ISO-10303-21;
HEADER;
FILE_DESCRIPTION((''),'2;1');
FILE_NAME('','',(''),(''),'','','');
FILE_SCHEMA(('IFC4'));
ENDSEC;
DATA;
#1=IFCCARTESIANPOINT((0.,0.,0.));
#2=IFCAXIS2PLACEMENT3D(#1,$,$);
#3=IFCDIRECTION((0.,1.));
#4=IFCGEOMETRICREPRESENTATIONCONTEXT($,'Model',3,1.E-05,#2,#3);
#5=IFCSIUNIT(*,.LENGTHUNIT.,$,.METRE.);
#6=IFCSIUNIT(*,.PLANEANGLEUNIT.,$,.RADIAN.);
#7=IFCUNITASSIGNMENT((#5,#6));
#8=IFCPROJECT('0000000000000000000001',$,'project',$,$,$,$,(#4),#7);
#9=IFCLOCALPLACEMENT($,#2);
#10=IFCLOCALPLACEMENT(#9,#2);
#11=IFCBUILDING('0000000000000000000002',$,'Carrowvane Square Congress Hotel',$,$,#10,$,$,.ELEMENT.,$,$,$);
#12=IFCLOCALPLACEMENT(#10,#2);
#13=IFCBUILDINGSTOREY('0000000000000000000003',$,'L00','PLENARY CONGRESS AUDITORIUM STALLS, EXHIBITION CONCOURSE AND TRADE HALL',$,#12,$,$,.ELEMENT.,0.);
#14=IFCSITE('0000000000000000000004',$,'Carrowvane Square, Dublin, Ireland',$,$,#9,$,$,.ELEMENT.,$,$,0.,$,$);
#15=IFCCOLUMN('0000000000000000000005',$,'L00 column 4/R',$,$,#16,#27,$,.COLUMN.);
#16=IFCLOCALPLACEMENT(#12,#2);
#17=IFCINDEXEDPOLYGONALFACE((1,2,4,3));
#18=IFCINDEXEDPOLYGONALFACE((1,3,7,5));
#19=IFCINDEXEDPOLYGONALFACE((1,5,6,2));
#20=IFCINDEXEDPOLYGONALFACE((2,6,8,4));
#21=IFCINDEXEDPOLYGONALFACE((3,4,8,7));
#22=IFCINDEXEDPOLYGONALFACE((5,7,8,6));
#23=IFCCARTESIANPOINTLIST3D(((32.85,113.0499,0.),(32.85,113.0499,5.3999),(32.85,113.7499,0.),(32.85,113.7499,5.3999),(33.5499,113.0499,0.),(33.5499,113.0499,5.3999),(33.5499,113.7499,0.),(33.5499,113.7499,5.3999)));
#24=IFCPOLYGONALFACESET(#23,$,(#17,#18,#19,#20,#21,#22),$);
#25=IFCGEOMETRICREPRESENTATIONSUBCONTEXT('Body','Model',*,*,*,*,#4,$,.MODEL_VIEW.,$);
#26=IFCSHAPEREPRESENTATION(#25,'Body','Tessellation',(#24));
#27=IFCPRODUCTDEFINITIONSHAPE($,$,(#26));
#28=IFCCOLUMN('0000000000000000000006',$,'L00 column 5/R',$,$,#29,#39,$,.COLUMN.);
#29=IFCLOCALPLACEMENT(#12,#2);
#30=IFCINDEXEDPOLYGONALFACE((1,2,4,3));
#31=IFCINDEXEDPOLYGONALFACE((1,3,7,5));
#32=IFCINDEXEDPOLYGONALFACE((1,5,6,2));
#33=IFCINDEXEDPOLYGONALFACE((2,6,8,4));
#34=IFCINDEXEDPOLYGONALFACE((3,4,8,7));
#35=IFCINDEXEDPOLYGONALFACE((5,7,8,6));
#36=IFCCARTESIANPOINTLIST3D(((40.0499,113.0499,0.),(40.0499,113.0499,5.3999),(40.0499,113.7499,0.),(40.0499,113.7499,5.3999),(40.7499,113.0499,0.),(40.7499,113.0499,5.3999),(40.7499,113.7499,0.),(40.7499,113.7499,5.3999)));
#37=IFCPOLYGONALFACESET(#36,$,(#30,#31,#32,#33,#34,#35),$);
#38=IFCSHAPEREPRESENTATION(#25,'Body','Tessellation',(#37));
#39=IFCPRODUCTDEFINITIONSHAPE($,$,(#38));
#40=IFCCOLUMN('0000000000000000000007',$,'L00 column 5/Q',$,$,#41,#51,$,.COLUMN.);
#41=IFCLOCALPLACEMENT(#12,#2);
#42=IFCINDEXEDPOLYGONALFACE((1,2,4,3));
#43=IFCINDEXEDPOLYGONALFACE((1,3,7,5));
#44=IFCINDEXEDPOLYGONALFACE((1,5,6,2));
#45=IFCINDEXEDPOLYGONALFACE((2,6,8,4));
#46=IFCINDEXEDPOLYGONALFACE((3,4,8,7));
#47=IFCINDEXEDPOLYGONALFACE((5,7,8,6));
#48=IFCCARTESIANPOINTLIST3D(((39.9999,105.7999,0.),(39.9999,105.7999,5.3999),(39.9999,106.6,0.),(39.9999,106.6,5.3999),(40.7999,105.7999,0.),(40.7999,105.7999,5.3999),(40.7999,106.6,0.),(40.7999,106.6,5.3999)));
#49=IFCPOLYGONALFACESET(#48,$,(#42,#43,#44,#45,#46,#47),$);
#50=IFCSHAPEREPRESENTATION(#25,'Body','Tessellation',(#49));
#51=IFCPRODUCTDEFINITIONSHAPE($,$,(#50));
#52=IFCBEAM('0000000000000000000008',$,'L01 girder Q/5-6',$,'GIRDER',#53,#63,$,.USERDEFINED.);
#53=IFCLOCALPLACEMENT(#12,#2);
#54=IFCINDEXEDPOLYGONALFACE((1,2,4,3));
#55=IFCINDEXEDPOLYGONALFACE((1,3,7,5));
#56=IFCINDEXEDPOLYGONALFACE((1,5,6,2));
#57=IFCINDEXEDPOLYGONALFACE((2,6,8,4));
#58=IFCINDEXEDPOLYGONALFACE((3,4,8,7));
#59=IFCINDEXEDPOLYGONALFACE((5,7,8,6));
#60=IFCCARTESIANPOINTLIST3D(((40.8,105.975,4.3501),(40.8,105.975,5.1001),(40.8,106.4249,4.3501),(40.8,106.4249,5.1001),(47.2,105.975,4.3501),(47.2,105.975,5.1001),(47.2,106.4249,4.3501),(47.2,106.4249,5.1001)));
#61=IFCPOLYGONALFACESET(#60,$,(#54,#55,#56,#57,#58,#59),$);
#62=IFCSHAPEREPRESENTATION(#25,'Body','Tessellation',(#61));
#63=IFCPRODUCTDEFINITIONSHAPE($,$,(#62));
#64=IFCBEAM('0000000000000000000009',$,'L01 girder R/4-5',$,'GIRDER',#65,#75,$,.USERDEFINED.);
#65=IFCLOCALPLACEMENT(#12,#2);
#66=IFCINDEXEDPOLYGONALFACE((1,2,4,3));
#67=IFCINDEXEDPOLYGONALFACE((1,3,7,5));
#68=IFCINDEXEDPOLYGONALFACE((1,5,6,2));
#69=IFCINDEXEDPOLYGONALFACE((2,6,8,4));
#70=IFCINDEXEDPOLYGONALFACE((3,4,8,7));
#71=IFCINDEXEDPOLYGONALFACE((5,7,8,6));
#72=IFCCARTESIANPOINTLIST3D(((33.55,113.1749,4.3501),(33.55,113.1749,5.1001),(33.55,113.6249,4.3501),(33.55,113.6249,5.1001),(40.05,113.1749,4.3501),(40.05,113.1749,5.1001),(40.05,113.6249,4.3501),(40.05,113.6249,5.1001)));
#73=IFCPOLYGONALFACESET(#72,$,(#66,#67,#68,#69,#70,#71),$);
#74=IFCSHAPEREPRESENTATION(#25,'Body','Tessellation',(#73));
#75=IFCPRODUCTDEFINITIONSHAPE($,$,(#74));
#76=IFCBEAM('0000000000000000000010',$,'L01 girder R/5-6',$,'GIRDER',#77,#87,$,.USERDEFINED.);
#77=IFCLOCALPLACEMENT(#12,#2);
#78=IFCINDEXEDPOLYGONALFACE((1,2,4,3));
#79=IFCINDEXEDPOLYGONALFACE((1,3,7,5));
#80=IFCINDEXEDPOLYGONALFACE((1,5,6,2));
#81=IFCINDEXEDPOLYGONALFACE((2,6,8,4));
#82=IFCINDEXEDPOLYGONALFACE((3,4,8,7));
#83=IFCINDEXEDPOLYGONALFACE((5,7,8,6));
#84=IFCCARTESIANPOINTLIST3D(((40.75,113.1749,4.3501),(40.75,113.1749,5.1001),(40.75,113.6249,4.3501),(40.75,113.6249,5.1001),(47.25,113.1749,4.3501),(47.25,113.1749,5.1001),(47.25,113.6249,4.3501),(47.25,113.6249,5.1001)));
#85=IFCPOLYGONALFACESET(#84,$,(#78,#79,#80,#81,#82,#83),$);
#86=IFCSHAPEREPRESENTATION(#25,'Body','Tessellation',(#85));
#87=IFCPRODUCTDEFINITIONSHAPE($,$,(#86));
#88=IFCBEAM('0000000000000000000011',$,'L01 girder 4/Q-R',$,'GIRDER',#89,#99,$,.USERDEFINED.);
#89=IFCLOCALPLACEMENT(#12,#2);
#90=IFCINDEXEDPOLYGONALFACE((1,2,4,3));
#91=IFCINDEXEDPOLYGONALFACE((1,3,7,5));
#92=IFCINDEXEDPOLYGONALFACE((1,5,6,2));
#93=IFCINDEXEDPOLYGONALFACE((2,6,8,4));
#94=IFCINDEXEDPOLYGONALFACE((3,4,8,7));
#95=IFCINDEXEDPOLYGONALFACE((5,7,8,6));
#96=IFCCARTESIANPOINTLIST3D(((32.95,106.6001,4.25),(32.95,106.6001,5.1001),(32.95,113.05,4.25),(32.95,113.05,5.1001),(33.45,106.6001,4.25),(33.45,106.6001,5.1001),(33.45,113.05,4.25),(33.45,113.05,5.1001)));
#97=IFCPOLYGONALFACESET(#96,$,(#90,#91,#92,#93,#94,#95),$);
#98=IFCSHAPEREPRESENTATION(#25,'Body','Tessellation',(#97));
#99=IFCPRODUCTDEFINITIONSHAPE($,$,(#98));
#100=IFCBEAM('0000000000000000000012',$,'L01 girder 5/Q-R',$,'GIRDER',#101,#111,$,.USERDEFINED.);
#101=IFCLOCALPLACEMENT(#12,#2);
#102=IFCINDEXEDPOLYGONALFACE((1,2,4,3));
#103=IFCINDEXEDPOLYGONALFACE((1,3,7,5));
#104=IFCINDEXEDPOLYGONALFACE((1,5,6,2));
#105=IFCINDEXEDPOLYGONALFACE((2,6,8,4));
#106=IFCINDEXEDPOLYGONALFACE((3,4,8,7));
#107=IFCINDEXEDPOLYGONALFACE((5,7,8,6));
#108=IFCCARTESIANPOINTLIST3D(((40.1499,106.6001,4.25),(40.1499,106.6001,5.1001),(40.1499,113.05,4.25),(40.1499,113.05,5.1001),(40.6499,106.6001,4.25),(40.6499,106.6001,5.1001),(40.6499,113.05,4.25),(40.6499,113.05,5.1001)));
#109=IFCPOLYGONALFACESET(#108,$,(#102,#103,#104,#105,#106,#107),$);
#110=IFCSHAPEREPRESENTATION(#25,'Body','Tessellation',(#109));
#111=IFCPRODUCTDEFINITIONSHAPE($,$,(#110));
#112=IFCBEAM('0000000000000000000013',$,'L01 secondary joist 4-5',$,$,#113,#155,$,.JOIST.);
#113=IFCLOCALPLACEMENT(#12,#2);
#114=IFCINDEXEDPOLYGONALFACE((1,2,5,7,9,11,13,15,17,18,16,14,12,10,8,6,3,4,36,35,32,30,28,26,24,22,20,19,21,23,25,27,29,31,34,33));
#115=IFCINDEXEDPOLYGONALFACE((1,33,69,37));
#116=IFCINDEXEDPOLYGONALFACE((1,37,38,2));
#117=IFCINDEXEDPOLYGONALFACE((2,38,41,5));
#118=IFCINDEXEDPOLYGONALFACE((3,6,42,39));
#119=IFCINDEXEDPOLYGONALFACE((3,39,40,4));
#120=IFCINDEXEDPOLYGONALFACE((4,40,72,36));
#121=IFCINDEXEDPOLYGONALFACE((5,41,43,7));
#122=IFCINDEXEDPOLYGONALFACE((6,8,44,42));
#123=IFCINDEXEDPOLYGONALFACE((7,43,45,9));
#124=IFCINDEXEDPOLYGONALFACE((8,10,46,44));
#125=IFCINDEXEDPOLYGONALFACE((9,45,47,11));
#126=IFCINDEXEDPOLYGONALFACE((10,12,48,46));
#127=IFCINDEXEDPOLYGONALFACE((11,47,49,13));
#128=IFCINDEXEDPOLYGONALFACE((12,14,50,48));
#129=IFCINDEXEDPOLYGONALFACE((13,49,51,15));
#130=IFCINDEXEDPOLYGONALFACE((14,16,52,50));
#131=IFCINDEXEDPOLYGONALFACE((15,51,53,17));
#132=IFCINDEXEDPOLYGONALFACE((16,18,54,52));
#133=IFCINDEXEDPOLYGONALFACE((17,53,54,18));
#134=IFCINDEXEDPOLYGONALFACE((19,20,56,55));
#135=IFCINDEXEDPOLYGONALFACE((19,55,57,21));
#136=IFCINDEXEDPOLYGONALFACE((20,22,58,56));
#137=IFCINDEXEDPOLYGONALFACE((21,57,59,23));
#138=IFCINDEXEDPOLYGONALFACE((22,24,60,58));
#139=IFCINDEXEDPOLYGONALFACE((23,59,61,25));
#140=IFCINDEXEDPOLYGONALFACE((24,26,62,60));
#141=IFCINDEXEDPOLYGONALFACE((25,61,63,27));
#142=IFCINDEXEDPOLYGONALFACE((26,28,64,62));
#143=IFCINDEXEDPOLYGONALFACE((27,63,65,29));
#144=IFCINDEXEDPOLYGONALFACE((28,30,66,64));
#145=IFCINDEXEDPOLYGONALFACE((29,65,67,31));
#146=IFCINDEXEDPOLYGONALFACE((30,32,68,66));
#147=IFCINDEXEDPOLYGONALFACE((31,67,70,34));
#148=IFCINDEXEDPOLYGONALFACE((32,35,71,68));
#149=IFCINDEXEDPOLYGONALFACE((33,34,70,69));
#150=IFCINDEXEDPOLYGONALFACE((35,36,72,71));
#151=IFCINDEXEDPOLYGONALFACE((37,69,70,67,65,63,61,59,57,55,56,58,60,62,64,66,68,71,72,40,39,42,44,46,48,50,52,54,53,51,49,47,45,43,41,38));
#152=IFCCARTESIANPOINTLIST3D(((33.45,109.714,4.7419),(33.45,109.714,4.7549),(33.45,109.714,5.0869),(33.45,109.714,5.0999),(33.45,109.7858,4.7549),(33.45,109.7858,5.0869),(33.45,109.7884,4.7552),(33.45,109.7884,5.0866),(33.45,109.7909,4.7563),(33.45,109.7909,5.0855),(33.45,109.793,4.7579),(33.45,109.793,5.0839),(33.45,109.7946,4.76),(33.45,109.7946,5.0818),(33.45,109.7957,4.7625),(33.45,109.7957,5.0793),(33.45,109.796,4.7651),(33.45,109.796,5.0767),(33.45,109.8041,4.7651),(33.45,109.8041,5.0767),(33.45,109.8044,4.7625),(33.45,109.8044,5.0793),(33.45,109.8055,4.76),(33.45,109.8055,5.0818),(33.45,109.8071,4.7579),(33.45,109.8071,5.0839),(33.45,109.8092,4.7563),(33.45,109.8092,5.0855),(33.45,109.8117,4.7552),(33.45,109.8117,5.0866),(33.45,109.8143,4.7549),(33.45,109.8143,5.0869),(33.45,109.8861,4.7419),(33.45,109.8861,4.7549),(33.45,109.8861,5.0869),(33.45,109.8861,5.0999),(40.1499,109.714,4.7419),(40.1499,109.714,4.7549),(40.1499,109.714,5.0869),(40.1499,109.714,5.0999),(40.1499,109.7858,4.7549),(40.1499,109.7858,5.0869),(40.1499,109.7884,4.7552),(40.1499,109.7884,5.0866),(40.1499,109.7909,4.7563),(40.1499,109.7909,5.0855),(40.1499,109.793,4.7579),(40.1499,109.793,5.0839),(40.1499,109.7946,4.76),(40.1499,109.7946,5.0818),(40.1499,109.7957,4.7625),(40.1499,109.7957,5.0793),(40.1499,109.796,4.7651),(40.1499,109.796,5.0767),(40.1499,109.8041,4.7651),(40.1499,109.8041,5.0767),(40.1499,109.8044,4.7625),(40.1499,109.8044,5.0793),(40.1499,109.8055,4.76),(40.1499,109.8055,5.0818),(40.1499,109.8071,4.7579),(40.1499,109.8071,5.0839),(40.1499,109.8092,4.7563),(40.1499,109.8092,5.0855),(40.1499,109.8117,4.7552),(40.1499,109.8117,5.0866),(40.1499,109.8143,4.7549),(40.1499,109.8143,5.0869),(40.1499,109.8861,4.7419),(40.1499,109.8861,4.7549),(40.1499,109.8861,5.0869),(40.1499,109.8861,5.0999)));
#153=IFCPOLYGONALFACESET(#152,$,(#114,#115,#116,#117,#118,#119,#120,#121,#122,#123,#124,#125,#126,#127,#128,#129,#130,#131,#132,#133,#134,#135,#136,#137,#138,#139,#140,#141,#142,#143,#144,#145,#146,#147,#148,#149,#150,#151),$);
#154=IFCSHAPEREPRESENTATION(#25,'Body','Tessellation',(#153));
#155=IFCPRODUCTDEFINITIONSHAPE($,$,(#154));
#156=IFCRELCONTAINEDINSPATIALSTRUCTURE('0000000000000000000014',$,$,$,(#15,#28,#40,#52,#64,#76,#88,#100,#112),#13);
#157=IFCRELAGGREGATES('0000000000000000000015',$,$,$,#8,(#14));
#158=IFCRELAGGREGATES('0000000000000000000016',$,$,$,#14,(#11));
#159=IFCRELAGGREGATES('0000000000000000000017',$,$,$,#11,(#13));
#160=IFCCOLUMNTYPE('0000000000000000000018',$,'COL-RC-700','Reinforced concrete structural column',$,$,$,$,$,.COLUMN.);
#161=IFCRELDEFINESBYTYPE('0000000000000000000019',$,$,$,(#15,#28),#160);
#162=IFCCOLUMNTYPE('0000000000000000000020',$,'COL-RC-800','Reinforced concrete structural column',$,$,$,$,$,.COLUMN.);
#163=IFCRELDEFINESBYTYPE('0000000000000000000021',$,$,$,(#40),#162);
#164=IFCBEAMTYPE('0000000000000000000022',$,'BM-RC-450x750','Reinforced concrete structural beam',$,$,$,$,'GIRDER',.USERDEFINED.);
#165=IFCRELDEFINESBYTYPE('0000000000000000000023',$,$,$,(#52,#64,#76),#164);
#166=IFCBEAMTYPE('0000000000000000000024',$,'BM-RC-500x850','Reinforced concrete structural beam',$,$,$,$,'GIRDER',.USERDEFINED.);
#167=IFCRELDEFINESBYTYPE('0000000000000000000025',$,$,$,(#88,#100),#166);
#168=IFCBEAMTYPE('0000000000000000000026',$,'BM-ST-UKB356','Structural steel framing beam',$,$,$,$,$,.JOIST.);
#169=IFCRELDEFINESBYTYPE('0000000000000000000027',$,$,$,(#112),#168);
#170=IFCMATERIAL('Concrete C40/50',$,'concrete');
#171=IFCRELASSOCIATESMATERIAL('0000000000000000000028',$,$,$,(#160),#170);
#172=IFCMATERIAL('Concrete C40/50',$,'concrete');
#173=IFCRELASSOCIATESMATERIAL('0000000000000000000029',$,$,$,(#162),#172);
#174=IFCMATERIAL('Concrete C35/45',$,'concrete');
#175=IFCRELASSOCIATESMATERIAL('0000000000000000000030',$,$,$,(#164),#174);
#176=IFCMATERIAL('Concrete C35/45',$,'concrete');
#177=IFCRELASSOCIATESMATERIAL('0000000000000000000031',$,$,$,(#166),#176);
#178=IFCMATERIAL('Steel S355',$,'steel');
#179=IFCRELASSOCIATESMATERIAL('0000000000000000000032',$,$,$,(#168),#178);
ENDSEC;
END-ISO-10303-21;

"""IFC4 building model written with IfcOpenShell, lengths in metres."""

from ifc_helpers import new_model, si_unit, direction, frame, origin, origin_2d, place, context, subcontext, project, spatial, rectangle, i_section, extrude, material, material_profile, profile_set, type_object, element, save


model = new_model("IFC4")

# Units and contexts
model_context = context("Model", 3, precision=1e-05, world=origin(), true_north=direction((0.0, 1.0)))
body_context = subcontext(model_context, "Body", "Model", "MODEL_VIEW")
ifc_project = project(units=[si_unit("LENGTHUNIT", "METRE"), si_unit("PLANEANGLEUNIT", "RADIAN")], contexts=[model_context])

# Site, building, storey
site_placement = place(None, origin())
site = spatial("IfcSite", under=ifc_project, at=site_placement, Name="Carrowvane Square, Dublin, Ireland", CompositionType="ELEMENT", RefElevation=0.0)
building_placement = place(site_placement, origin())
building = spatial("IfcBuilding", under=site, at=building_placement, Name="Carrowvane Square Congress Hotel", CompositionType="ELEMENT")
storey_placement = place(building_placement, origin())
storey = spatial("IfcBuildingStorey", under=building, at=storey_placement, Name="L00", Description="PLENARY CONGRESS AUDITORIUM STALLS, EXHIBITION CONCOURSE AND TRADE HALL", CompositionType="ELEMENT", Elevation=0.0)

# Columns
ifc_material_1 = material(Name="Concrete C40/50", Category="concrete")
ifc_material_profile_1 = material_profile(ifc_material_1, rectangle(XDim=0.7, YDim=0.7, at=origin_2d()), Name="RC 700x700")
ifc_profile_set_1 = profile_set([ifc_material_profile_1], Name="Concrete C40/50")
column_type_1 = type_object("IfcColumnType", Name="COL-RC-700", Description="Reinforced concrete structural column", PredefinedType="COLUMN", material=ifc_profile_set_1)
for number, where, z_axis, x_axis, name in (
    (1, (33.2, 113.3999, 0.0), (0.0, 0.0, 1.0), (1.0, 0.0, 0.0), "L00 column 4/R"),
    (2, (40.3999, 113.3999, 0.0), (0.0, 0.0, 1.0), (1.0, 0.0, 0.0), "L00 column 5/R"),
):
    element("IfcColumn", number, at=place(storey_placement, frame(where, z_axis=z_axis, x_axis=x_axis)), inside=storey, type_object=column_type_1, Name=name, PredefinedType="COLUMN", context=body_context, shape_type="SweptSolid", body=[
        extrude(rectangle(XDim=0.7, YDim=0.7, at=origin_2d()), origin(), (0.0, 0.0, 1.0), 5.3999),
    ])
ifc_material_2 = material(Name="Concrete C40/50", Category="concrete")
ifc_material_profile_2 = material_profile(ifc_material_2, rectangle(XDim=0.8, YDim=0.8, at=origin_2d()), Name="RC 800x800")
ifc_profile_set_2 = profile_set([ifc_material_profile_2], Name="Concrete C40/50")
column_type_2 = type_object("IfcColumnType", Name="COL-RC-800", Description="Reinforced concrete structural column", PredefinedType="COLUMN", material=ifc_profile_set_2)
column_placement = place(storey_placement, frame((40.3999, 106.2, 0.0), z_axis=(0.0, 0.0, 1.0), x_axis=(1.0, 0.0, 0.0)))
element("IfcColumn", 3, at=column_placement, inside=storey, type_object=column_type_2, Name="L00 column 5/Q", PredefinedType="COLUMN", context=body_context, shape_type="SweptSolid", body=[
    extrude(rectangle(XDim=0.8, YDim=0.8, at=origin_2d()), origin(), (0.0, 0.0, 1.0), 5.3999),
])

# Beams
ifc_material_3 = material(Name="Concrete C35/45", Category="concrete")
ifc_material_profile_3 = material_profile(ifc_material_3, rectangle(XDim=0.45, YDim=0.75, at=origin_2d()), Name="RC 450x750")
ifc_profile_set_3 = profile_set([ifc_material_profile_3], Name="Concrete C35/45")
beam_type_1 = type_object("IfcBeamType", Name="BM-RC-450x750", Description="Reinforced concrete structural beam", ElementType="GIRDER", PredefinedType="USERDEFINED", material=ifc_profile_set_3)
beam_1_placement = place(storey_placement, frame((40.8, 106.2, 4.7251), z_axis=(1.0, 0.0, 0.0), x_axis=(0.0, 1.0, 0.0)))
element("IfcBeam", 4, at=beam_1_placement, inside=storey, type_object=beam_type_1, Name="L01 girder Q/5-6", ObjectType="GIRDER", PredefinedType="USERDEFINED", context=body_context, shape_type="SweptSolid", body=[
    extrude(rectangle(XDim=0.45, YDim=0.75, at=origin_2d()), origin(), (0.0, 0.0, 1.0), 6.3999),
])
for number, where, z_axis, x_axis, name in (
    (5, (33.55, 113.3999, 4.7251), (1.0, 0.0, 0.0), (0.0, 1.0, 0.0), "L01 girder R/4-5"),
    (6, (40.75, 113.3999, 4.7251), (1.0, 0.0, 0.0), (0.0, 1.0, 0.0), "L01 girder R/5-6"),
):
    element("IfcBeam", number, at=place(storey_placement, frame(where, z_axis=z_axis, x_axis=x_axis)), inside=storey, type_object=beam_type_1, Name=name, ObjectType="GIRDER", PredefinedType="USERDEFINED", context=body_context, shape_type="SweptSolid", body=[
        extrude(rectangle(XDim=0.45, YDim=0.75, at=origin_2d()), origin(), (0.0, 0.0, 1.0), 6.5),
    ])
ifc_material_4 = material(Name="Concrete C35/45", Category="concrete")
ifc_material_profile_4 = material_profile(ifc_material_4, rectangle(XDim=0.5, YDim=0.8501, at=origin_2d()), Name="RC 500x850")
ifc_profile_set_4 = profile_set([ifc_material_profile_4], Name="Concrete C35/45")
beam_type_2 = type_object("IfcBeamType", Name="BM-RC-500x850", Description="Reinforced concrete structural beam", ElementType="GIRDER", PredefinedType="USERDEFINED", material=ifc_profile_set_4)
for number, where, z_axis, x_axis, name in (
    (7, (33.2, 106.6001, 4.675), (0.0, 1.0, 0.0), (-1.0, 0.0, 0.0), "L01 girder 4/Q-R"),
    (8, (40.3999, 106.6001, 4.675), (0.0, 1.0, 0.0), (-1.0, 0.0, 0.0), "L01 girder 5/Q-R"),
):
    element("IfcBeam", number, at=place(storey_placement, frame(where, z_axis=z_axis, x_axis=x_axis)), inside=storey, type_object=beam_type_2, Name=name, ObjectType="GIRDER", PredefinedType="USERDEFINED", context=body_context, shape_type="SweptSolid", body=[
        extrude(rectangle(XDim=0.5, YDim=0.8501, at=origin_2d()), origin(), (0.0, 0.0, 1.0), 6.45),
    ])
ifc_material_5 = material(Name="Steel S355", Category="steel")
ifc_material_profile_5 = material_profile(ifc_material_5, i_section(OverallWidth=0.1721, OverallDepth=0.3579, WebThickness=0.0081, FlangeThickness=0.0129, FilletRadius=0.0103, at=origin_2d()), Name="UKB 356x171x57")
ifc_profile_set_5 = profile_set([ifc_material_profile_5], Name="Steel S355")
beam_type_3 = type_object("IfcBeamType", Name="BM-ST-UKB356", Description="Structural steel framing beam", PredefinedType="JOIST", material=ifc_profile_set_5)
beam_2_placement = place(storey_placement, frame((33.45, 109.8, 4.9209), z_axis=(1.0, 0.0, 0.0), x_axis=(0.0, 1.0, 0.0)))
element("IfcBeam", 9, at=beam_2_placement, inside=storey, type_object=beam_type_3, Name="L01 secondary joist 4-5", PredefinedType="JOIST", context=body_context, shape_type="SweptSolid", body=[
    extrude(i_section(OverallWidth=0.1721, OverallDepth=0.3579, WebThickness=0.0081, FlangeThickness=0.0129, FilletRadius=0.0103, at=origin_2d()), origin(), (0.0, 0.0, 1.0), 6.7),
])

save(model, "model.ifc")
